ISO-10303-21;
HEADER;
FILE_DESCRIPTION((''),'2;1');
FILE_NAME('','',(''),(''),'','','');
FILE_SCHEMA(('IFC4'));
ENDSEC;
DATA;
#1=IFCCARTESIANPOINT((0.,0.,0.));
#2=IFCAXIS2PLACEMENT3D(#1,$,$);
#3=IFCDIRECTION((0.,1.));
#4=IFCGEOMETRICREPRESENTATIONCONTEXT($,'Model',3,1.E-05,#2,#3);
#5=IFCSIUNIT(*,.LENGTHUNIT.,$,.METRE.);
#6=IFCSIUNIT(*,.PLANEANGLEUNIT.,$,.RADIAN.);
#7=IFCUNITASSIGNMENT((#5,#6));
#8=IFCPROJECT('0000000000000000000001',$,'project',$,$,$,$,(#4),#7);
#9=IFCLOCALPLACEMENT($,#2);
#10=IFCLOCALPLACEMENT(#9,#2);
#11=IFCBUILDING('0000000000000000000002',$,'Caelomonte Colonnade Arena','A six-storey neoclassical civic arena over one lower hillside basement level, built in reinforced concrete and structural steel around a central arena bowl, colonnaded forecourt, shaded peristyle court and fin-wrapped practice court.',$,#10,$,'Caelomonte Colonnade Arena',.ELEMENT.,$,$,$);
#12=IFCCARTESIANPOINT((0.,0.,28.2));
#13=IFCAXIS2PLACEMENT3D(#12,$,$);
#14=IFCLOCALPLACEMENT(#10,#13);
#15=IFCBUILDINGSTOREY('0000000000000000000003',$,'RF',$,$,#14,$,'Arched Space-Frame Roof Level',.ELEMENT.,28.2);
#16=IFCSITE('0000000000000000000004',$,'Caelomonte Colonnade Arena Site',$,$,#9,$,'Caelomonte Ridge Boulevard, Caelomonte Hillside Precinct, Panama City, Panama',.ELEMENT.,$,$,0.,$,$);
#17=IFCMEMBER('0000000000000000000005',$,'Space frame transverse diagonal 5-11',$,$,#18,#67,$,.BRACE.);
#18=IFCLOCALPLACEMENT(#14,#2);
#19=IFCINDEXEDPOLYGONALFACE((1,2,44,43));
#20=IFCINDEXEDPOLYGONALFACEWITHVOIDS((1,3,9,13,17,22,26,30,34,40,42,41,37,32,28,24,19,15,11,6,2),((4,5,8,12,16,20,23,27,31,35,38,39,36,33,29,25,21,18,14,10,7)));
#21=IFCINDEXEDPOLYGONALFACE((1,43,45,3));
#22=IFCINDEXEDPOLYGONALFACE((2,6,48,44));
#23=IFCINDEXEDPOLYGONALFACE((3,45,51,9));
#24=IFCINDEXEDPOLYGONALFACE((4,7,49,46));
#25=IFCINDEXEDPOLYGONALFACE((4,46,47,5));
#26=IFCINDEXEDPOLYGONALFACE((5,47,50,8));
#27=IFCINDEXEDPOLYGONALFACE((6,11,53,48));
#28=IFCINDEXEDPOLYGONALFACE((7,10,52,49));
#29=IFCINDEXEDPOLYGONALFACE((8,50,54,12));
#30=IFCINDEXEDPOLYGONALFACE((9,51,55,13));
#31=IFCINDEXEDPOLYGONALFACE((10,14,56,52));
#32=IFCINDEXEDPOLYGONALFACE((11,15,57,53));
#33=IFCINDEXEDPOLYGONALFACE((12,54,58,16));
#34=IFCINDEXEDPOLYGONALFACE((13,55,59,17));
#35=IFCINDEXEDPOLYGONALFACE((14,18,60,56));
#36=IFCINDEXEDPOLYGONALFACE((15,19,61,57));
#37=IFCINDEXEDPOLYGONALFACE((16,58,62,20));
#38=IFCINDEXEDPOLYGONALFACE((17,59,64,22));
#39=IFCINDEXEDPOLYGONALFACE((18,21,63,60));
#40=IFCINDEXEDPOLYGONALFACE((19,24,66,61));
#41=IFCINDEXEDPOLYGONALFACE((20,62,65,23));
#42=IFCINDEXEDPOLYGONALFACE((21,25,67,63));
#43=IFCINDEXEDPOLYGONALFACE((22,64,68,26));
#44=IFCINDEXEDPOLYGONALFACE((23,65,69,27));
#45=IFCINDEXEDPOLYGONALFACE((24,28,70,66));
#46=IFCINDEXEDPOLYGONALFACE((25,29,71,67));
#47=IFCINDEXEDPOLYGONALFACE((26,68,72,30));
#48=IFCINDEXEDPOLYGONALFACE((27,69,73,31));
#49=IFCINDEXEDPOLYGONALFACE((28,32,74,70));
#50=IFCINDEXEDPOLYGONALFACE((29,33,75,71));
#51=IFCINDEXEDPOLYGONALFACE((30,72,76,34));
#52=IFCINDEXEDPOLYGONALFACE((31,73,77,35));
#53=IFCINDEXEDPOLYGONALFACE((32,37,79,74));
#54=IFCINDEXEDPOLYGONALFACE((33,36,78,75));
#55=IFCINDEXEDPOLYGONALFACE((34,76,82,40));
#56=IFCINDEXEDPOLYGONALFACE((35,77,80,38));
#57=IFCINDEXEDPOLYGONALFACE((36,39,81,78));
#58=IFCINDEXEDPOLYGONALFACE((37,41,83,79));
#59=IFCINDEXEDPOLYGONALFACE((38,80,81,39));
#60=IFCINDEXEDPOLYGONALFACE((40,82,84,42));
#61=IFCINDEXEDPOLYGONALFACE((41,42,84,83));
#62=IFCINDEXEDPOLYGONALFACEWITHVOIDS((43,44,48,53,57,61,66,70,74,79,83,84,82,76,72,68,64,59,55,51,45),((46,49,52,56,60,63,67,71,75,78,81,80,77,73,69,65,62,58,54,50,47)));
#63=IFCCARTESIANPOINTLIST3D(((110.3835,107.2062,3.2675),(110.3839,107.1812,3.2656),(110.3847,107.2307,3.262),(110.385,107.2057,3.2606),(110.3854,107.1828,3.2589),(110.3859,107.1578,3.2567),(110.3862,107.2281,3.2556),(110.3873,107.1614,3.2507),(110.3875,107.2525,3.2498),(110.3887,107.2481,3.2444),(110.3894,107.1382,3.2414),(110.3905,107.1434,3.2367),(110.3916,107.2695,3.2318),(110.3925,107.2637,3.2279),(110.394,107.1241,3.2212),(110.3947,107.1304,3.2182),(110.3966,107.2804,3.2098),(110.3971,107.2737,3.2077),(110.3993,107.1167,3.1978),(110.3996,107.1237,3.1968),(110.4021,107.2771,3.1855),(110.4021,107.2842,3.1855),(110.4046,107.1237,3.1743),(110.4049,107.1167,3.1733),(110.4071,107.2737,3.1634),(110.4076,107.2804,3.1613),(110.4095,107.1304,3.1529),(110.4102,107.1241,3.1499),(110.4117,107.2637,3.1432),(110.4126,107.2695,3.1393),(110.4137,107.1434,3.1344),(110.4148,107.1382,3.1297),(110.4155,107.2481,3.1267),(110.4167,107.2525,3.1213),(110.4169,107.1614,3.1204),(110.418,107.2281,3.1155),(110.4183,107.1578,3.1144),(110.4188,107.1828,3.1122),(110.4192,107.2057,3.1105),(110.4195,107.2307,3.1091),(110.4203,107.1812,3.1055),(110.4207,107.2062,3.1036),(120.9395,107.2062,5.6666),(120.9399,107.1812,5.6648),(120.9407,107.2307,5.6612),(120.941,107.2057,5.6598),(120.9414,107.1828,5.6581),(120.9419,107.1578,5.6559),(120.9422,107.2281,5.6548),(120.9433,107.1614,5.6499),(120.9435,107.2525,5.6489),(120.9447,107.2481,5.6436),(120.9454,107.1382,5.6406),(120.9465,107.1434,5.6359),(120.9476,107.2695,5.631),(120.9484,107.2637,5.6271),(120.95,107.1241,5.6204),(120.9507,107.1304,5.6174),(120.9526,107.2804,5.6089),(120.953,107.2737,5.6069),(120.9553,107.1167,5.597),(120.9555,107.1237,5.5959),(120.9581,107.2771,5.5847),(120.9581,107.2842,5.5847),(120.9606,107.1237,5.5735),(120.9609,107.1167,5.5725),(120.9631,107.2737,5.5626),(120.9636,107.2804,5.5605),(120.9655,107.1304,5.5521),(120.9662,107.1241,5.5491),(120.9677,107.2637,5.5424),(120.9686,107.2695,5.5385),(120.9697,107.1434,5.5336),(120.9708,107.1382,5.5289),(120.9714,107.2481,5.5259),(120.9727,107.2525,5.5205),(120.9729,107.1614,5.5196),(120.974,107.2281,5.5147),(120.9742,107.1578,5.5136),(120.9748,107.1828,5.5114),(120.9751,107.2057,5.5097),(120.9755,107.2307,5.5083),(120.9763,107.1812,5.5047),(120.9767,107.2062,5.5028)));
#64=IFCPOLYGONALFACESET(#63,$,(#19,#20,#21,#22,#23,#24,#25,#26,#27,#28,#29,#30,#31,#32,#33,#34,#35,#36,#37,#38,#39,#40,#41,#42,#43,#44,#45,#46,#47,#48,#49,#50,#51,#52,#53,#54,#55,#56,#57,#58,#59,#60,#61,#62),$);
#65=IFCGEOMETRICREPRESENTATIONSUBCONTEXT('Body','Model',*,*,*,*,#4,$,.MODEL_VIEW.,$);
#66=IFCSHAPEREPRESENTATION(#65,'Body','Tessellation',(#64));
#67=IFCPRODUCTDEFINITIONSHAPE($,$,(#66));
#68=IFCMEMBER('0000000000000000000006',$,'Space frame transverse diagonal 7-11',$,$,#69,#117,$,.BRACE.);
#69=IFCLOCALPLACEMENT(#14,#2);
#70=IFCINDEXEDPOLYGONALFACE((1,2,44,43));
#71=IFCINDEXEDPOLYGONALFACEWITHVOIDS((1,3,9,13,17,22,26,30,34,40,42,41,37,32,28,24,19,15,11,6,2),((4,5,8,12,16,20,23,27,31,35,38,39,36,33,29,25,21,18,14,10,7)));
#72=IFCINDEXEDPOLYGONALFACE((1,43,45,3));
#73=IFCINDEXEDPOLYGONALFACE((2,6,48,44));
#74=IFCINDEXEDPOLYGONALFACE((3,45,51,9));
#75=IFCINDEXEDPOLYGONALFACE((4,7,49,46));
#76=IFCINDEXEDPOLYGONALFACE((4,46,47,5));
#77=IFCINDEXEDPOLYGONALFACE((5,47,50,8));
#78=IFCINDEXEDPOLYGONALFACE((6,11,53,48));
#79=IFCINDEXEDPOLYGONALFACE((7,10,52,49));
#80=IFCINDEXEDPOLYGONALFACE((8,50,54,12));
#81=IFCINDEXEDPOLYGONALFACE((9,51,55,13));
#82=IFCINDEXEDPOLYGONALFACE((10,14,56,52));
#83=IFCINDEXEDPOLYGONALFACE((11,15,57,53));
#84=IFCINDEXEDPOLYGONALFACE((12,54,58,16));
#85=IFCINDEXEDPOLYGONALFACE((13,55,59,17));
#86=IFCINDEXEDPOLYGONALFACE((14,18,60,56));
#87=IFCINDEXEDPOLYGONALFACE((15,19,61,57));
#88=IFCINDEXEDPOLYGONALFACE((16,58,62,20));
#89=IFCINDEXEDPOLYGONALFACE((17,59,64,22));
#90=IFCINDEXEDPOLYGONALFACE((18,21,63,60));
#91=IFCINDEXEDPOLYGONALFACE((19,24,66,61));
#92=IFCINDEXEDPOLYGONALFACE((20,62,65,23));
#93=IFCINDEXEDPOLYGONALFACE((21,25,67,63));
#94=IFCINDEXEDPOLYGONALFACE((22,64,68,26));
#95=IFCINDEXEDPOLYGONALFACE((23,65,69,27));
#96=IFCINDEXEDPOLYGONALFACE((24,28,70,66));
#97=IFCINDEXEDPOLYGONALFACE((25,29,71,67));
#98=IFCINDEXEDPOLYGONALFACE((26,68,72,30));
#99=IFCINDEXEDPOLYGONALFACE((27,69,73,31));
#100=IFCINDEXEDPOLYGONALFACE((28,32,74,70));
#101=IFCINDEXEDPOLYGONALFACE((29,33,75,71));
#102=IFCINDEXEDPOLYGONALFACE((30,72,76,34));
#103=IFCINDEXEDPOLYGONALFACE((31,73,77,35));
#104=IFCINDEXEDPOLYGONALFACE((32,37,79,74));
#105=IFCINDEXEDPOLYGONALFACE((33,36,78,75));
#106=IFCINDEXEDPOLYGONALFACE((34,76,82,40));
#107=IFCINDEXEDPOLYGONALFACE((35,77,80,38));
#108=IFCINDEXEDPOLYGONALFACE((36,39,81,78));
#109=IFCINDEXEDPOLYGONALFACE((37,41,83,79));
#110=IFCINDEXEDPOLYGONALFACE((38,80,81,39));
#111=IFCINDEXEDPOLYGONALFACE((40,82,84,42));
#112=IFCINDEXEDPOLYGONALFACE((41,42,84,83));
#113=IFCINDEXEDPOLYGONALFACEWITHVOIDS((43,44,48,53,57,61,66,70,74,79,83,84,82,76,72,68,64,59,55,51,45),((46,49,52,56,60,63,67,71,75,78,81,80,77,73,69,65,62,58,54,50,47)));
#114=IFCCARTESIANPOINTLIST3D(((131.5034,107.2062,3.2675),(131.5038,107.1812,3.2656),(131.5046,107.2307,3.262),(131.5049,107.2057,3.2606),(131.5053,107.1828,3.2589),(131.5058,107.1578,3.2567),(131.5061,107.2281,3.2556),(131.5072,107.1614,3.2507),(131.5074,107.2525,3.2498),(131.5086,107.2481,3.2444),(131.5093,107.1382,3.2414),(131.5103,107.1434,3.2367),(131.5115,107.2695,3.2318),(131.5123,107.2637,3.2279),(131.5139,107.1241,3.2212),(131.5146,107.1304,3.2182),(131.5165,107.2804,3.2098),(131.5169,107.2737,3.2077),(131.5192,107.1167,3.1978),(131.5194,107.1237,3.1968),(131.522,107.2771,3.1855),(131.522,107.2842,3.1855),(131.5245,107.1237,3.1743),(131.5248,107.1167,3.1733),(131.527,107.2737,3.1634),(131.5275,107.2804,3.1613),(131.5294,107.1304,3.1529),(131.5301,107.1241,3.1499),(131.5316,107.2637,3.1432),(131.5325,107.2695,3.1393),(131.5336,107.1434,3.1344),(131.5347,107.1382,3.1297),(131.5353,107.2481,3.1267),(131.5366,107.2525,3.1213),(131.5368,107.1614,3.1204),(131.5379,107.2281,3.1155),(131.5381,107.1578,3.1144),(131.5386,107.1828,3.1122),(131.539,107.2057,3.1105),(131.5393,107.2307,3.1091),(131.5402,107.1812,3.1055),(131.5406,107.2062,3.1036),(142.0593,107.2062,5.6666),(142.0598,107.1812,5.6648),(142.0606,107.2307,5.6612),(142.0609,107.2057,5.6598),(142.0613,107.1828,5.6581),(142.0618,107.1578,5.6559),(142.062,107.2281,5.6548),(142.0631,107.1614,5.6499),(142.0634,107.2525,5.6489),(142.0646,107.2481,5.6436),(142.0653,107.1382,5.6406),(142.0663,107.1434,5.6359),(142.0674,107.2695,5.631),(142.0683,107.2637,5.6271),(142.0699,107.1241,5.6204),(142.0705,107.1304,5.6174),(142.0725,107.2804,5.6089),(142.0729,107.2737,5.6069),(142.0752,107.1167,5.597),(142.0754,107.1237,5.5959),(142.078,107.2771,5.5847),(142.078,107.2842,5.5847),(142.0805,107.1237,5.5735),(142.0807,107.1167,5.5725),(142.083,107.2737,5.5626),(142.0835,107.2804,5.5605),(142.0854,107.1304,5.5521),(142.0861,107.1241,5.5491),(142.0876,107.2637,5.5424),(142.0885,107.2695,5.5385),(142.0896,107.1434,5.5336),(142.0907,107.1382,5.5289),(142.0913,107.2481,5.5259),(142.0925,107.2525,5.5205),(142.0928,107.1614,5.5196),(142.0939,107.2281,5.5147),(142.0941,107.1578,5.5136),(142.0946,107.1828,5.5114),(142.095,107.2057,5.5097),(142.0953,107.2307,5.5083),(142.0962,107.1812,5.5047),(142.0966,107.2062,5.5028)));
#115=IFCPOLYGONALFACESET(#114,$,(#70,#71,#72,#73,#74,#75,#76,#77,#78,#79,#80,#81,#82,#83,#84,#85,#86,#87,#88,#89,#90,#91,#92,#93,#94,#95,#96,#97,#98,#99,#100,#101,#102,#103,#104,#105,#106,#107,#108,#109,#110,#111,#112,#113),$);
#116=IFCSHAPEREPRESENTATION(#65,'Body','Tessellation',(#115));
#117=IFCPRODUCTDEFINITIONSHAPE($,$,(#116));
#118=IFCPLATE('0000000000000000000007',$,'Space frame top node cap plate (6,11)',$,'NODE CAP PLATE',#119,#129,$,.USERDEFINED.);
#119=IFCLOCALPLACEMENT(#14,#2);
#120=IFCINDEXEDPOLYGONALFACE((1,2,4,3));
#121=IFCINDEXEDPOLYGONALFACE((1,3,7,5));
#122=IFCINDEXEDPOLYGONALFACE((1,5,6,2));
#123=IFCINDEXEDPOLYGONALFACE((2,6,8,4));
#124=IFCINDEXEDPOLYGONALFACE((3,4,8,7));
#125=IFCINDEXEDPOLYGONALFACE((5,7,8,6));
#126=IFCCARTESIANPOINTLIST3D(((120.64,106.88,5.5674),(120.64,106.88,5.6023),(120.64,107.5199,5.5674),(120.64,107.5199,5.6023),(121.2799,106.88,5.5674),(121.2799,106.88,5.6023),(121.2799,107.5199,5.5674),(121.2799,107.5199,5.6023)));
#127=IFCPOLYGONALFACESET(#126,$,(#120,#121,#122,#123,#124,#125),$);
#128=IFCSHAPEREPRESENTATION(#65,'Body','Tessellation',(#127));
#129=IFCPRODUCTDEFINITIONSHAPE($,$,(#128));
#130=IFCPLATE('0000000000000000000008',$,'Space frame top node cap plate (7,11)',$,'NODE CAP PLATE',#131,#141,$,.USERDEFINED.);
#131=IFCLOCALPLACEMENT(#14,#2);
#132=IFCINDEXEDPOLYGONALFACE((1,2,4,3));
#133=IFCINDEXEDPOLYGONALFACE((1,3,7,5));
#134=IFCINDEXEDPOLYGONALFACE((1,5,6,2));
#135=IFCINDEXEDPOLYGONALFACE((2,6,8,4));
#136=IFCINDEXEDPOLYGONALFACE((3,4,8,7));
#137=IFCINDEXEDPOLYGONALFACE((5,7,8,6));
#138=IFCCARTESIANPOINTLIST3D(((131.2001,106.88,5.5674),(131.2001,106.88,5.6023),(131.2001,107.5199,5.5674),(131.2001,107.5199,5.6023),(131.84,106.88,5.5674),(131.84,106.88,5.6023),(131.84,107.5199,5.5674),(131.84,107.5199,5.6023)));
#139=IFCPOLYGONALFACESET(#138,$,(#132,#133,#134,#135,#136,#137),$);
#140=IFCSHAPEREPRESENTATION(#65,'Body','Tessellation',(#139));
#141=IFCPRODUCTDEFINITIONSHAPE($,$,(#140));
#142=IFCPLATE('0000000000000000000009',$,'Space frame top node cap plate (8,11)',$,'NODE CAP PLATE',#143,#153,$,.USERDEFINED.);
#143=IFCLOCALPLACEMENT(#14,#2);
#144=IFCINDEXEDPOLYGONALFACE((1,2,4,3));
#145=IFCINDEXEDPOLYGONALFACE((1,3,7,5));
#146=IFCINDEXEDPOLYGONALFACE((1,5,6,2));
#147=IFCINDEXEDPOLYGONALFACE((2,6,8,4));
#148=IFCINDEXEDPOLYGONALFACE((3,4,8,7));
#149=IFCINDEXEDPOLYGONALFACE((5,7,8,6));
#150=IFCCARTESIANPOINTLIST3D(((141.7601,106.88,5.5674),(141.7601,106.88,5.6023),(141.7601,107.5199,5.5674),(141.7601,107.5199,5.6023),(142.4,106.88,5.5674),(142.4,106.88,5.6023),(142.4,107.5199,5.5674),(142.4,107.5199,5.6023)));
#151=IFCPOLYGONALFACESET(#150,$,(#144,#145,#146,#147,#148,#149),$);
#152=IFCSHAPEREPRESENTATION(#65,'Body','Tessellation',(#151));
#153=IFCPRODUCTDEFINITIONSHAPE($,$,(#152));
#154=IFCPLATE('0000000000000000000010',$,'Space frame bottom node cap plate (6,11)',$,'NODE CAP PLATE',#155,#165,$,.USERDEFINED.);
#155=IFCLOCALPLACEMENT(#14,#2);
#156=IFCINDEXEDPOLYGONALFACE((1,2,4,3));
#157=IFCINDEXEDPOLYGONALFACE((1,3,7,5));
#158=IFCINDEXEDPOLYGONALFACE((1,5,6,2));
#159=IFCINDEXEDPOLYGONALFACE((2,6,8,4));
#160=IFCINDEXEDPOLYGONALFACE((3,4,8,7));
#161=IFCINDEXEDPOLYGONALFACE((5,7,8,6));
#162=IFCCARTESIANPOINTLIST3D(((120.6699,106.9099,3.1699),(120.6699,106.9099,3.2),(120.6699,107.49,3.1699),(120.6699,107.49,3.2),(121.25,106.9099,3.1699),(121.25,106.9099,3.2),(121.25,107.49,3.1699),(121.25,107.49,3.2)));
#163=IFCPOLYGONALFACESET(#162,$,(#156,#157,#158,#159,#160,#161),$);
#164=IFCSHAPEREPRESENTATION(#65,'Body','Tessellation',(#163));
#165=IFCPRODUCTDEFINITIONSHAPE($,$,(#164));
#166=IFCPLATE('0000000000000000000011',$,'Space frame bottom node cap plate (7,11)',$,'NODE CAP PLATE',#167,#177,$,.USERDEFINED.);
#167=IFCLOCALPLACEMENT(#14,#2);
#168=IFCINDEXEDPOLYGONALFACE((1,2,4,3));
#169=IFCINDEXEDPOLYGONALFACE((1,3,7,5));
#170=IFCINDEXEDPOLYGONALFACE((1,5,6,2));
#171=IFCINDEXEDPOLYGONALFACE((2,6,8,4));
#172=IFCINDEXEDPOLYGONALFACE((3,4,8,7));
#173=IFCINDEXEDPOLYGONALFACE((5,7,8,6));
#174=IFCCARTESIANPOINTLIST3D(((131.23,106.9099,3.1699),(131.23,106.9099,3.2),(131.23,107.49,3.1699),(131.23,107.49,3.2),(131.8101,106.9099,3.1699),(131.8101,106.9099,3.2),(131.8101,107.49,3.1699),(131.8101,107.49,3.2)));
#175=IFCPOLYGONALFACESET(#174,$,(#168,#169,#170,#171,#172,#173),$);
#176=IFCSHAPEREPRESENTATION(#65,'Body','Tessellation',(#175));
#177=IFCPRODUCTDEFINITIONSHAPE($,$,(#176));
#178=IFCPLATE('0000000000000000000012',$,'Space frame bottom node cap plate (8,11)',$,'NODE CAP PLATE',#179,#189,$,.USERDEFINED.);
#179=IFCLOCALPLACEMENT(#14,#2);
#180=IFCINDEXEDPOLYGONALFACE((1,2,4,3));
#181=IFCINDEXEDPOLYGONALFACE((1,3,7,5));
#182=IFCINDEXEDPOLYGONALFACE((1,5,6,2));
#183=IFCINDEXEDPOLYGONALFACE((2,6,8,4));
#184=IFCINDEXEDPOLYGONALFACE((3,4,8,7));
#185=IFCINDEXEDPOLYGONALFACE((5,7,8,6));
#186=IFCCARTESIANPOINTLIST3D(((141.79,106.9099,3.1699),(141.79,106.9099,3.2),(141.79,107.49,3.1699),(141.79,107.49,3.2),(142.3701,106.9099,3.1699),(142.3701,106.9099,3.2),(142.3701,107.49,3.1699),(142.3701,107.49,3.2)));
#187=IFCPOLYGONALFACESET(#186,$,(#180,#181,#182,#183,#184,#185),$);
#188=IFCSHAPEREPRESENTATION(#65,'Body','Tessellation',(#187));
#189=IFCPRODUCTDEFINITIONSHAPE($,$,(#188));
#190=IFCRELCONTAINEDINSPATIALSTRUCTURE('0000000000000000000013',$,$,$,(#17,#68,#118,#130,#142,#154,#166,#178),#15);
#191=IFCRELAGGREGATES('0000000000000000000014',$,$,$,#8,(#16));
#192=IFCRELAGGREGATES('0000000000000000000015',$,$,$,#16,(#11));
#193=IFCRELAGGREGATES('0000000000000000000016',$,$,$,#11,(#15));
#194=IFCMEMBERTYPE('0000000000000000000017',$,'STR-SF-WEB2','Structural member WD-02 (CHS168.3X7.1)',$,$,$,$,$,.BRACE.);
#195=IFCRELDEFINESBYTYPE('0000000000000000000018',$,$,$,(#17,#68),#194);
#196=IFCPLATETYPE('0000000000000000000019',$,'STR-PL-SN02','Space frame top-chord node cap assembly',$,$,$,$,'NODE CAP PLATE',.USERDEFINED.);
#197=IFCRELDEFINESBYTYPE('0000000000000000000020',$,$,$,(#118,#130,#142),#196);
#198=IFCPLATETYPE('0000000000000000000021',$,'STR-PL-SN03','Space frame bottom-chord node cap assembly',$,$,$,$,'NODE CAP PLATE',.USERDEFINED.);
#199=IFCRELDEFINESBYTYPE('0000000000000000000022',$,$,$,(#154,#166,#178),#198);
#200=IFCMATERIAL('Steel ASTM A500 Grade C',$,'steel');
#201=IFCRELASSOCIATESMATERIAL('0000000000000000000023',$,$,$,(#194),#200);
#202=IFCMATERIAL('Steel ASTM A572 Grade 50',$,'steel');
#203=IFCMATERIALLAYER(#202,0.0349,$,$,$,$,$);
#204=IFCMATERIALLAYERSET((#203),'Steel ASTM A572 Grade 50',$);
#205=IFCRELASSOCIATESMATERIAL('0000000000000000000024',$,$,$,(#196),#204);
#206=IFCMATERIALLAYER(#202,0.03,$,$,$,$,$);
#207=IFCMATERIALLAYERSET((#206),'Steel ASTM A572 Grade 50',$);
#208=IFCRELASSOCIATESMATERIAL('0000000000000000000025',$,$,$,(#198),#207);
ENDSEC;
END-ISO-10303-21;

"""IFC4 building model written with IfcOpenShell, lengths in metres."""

from ifc_helpers import new_model, si_unit, direction, frame, origin, origin_2d, place, context, subcontext, project, spatial, rectangle, hollow_circle, extrude, material, layer, layer_set, material_profile, profile_set, type_object, element, save


model = new_model("IFC4")

# Units and contexts
model_context = context("Model", 3, precision=1e-05, world=origin(), true_north=direction((0.0, 1.0)))
body_context = subcontext(model_context, "Body", "Model", "MODEL_VIEW")
ifc_project = project(units=[si_unit("LENGTHUNIT", "METRE"), si_unit("PLANEANGLEUNIT", "RADIAN")], contexts=[model_context])

# Site, building, storey
site_placement = place(None, origin())
site = spatial("IfcSite", under=ifc_project, at=site_placement, Name="Caelomonte Colonnade Arena Site", LongName="Caelomonte Ridge Boulevard, Caelomonte Hillside Precinct, Panama City, Panama", CompositionType="ELEMENT", RefElevation=0.0)
building_placement = place(site_placement, origin())
building = spatial("IfcBuilding", under=site, at=building_placement, Name="Caelomonte Colonnade Arena", Description="A six-storey neoclassical civic arena over one lower hillside basement level, built in reinforced concrete and structural steel around a central arena bowl, colonnaded forecourt, shaded peristyle court and fin-wrapped practice court.", LongName="Caelomonte Colonnade Arena", CompositionType="ELEMENT")
storey_placement = place(building_placement, frame((0.0, 0.0, 28.2)))
storey = spatial("IfcBuildingStorey", under=building, at=storey_placement, Name="RF", LongName="Arched Space-Frame Roof Level", CompositionType="ELEMENT", Elevation=28.2)

# Members
ifc_material_1 = material(Name="Steel ASTM A500 Grade C", Category="steel")
ifc_material_profile_1 = material_profile(ifc_material_1, hollow_circle(Radius=0.0842, WallThickness=0.0071, at=origin_2d()), Name="CHS168.3X7.1")
ifc_profile_set_1 = profile_set([ifc_material_profile_1], Name="Steel ASTM A500 Grade C")
member_type_1 = type_object("IfcMemberType", Name="STR-SF-WEB2", Description="Structural member WD-02 (CHS168.3X7.1)", PredefinedType="BRACE", material=ifc_profile_set_1)
for number, where, z_axis, x_axis, name in (
    (1, (110.4021, 107.2, 3.1855), (0.975131, 0.0, 0.22163), (0.0, 1.0, 0.0), "Space frame transverse diagonal 5-11"),
    (2, (131.522, 107.2, 3.1855), (0.975131, 0.0, 0.22163), (0.0, 1.0, 0.0), "Space frame transverse diagonal 7-11"),
):
    element("IfcMember", number, at=place(storey_placement, frame(where, z_axis=z_axis, x_axis=x_axis)), inside=storey, type_object=member_type_1, Name=name, PredefinedType="BRACE", context=body_context, shape_type="SweptSolid", body=[
        extrude(hollow_circle(Radius=0.0842, WallThickness=0.0071, at=origin_2d()), origin(), (0.0, 0.0, 1.0), 10.8252),
    ])

# Plates
ifc_material_2 = material(Name="Steel ASTM A572 Grade 50", Category="steel")
ifc_layer_1 = layer(ifc_material_2, 0.0349)
ifc_layer_set_1 = layer_set([ifc_layer_1], Name="Steel ASTM A572 Grade 50")
plate_type_1 = type_object("IfcPlateType", Name="STR-PL-SN02", Description="Space frame top-chord node cap assembly", ElementType="NODE CAP PLATE", PredefinedType="USERDEFINED", material=ifc_layer_set_1)
for number, where, z_axis, x_axis, name in (
    (3, (120.96, 107.2, 5.5674), (0.0, 0.0, 1.0), (1.0, 0.0, 0.0), "Space frame top node cap plate (6,11)"),
    (4, (131.52, 107.2, 5.5674), (0.0, 0.0, 1.0), (1.0, 0.0, 0.0), "Space frame top node cap plate (7,11)"),
    (5, (142.0801, 107.2, 5.5674), (0.0, 0.0, 1.0), (1.0, 0.0, 0.0), "Space frame top node cap plate (8,11)"),
):
    element("IfcPlate", number, at=place(storey_placement, frame(where, z_axis=z_axis, x_axis=x_axis)), inside=storey, type_object=plate_type_1, Name=name, ObjectType="NODE CAP PLATE", PredefinedType="USERDEFINED", context=body_context, shape_type="SweptSolid", body=[
        extrude(rectangle(XDim=0.6399, YDim=0.6399, at=origin_2d()), origin(), (0.0, 0.0, 1.0), 0.0349),
    ])
ifc_layer_2 = layer(ifc_material_2, 0.03)
ifc_layer_set_2 = layer_set([ifc_layer_2], Name="Steel ASTM A572 Grade 50")
plate_type_2 = type_object("IfcPlateType", Name="STR-PL-SN03", Description="Space frame bottom-chord node cap assembly", ElementType="NODE CAP PLATE", PredefinedType="USERDEFINED", material=ifc_layer_set_2)
for number, where, z_axis, x_axis, name in (
    (6, (120.96, 107.2, 3.1699), (0.0, 0.0, 1.0), (1.0, 0.0, 0.0), "Space frame bottom node cap plate (6,11)"),
    (7, (131.52, 107.2, 3.1699), (0.0, 0.0, 1.0), (1.0, 0.0, 0.0), "Space frame bottom node cap plate (7,11)"),
    (8, (142.0801, 107.2, 3.1699), (0.0, 0.0, 1.0), (1.0, 0.0, 0.0), "Space frame bottom node cap plate (8,11)"),
):
    element("IfcPlate", number, at=place(storey_placement, frame(where, z_axis=z_axis, x_axis=x_axis)), inside=storey, type_object=plate_type_2, Name=name, ObjectType="NODE CAP PLATE", PredefinedType="USERDEFINED", context=body_context, shape_type="SweptSolid", body=[
        extrude(rectangle(XDim=0.5801, YDim=0.5801, at=origin_2d()), origin(), (0.0, 0.0, 1.0), 0.03),
    ])

save(model, "model.ifc")
